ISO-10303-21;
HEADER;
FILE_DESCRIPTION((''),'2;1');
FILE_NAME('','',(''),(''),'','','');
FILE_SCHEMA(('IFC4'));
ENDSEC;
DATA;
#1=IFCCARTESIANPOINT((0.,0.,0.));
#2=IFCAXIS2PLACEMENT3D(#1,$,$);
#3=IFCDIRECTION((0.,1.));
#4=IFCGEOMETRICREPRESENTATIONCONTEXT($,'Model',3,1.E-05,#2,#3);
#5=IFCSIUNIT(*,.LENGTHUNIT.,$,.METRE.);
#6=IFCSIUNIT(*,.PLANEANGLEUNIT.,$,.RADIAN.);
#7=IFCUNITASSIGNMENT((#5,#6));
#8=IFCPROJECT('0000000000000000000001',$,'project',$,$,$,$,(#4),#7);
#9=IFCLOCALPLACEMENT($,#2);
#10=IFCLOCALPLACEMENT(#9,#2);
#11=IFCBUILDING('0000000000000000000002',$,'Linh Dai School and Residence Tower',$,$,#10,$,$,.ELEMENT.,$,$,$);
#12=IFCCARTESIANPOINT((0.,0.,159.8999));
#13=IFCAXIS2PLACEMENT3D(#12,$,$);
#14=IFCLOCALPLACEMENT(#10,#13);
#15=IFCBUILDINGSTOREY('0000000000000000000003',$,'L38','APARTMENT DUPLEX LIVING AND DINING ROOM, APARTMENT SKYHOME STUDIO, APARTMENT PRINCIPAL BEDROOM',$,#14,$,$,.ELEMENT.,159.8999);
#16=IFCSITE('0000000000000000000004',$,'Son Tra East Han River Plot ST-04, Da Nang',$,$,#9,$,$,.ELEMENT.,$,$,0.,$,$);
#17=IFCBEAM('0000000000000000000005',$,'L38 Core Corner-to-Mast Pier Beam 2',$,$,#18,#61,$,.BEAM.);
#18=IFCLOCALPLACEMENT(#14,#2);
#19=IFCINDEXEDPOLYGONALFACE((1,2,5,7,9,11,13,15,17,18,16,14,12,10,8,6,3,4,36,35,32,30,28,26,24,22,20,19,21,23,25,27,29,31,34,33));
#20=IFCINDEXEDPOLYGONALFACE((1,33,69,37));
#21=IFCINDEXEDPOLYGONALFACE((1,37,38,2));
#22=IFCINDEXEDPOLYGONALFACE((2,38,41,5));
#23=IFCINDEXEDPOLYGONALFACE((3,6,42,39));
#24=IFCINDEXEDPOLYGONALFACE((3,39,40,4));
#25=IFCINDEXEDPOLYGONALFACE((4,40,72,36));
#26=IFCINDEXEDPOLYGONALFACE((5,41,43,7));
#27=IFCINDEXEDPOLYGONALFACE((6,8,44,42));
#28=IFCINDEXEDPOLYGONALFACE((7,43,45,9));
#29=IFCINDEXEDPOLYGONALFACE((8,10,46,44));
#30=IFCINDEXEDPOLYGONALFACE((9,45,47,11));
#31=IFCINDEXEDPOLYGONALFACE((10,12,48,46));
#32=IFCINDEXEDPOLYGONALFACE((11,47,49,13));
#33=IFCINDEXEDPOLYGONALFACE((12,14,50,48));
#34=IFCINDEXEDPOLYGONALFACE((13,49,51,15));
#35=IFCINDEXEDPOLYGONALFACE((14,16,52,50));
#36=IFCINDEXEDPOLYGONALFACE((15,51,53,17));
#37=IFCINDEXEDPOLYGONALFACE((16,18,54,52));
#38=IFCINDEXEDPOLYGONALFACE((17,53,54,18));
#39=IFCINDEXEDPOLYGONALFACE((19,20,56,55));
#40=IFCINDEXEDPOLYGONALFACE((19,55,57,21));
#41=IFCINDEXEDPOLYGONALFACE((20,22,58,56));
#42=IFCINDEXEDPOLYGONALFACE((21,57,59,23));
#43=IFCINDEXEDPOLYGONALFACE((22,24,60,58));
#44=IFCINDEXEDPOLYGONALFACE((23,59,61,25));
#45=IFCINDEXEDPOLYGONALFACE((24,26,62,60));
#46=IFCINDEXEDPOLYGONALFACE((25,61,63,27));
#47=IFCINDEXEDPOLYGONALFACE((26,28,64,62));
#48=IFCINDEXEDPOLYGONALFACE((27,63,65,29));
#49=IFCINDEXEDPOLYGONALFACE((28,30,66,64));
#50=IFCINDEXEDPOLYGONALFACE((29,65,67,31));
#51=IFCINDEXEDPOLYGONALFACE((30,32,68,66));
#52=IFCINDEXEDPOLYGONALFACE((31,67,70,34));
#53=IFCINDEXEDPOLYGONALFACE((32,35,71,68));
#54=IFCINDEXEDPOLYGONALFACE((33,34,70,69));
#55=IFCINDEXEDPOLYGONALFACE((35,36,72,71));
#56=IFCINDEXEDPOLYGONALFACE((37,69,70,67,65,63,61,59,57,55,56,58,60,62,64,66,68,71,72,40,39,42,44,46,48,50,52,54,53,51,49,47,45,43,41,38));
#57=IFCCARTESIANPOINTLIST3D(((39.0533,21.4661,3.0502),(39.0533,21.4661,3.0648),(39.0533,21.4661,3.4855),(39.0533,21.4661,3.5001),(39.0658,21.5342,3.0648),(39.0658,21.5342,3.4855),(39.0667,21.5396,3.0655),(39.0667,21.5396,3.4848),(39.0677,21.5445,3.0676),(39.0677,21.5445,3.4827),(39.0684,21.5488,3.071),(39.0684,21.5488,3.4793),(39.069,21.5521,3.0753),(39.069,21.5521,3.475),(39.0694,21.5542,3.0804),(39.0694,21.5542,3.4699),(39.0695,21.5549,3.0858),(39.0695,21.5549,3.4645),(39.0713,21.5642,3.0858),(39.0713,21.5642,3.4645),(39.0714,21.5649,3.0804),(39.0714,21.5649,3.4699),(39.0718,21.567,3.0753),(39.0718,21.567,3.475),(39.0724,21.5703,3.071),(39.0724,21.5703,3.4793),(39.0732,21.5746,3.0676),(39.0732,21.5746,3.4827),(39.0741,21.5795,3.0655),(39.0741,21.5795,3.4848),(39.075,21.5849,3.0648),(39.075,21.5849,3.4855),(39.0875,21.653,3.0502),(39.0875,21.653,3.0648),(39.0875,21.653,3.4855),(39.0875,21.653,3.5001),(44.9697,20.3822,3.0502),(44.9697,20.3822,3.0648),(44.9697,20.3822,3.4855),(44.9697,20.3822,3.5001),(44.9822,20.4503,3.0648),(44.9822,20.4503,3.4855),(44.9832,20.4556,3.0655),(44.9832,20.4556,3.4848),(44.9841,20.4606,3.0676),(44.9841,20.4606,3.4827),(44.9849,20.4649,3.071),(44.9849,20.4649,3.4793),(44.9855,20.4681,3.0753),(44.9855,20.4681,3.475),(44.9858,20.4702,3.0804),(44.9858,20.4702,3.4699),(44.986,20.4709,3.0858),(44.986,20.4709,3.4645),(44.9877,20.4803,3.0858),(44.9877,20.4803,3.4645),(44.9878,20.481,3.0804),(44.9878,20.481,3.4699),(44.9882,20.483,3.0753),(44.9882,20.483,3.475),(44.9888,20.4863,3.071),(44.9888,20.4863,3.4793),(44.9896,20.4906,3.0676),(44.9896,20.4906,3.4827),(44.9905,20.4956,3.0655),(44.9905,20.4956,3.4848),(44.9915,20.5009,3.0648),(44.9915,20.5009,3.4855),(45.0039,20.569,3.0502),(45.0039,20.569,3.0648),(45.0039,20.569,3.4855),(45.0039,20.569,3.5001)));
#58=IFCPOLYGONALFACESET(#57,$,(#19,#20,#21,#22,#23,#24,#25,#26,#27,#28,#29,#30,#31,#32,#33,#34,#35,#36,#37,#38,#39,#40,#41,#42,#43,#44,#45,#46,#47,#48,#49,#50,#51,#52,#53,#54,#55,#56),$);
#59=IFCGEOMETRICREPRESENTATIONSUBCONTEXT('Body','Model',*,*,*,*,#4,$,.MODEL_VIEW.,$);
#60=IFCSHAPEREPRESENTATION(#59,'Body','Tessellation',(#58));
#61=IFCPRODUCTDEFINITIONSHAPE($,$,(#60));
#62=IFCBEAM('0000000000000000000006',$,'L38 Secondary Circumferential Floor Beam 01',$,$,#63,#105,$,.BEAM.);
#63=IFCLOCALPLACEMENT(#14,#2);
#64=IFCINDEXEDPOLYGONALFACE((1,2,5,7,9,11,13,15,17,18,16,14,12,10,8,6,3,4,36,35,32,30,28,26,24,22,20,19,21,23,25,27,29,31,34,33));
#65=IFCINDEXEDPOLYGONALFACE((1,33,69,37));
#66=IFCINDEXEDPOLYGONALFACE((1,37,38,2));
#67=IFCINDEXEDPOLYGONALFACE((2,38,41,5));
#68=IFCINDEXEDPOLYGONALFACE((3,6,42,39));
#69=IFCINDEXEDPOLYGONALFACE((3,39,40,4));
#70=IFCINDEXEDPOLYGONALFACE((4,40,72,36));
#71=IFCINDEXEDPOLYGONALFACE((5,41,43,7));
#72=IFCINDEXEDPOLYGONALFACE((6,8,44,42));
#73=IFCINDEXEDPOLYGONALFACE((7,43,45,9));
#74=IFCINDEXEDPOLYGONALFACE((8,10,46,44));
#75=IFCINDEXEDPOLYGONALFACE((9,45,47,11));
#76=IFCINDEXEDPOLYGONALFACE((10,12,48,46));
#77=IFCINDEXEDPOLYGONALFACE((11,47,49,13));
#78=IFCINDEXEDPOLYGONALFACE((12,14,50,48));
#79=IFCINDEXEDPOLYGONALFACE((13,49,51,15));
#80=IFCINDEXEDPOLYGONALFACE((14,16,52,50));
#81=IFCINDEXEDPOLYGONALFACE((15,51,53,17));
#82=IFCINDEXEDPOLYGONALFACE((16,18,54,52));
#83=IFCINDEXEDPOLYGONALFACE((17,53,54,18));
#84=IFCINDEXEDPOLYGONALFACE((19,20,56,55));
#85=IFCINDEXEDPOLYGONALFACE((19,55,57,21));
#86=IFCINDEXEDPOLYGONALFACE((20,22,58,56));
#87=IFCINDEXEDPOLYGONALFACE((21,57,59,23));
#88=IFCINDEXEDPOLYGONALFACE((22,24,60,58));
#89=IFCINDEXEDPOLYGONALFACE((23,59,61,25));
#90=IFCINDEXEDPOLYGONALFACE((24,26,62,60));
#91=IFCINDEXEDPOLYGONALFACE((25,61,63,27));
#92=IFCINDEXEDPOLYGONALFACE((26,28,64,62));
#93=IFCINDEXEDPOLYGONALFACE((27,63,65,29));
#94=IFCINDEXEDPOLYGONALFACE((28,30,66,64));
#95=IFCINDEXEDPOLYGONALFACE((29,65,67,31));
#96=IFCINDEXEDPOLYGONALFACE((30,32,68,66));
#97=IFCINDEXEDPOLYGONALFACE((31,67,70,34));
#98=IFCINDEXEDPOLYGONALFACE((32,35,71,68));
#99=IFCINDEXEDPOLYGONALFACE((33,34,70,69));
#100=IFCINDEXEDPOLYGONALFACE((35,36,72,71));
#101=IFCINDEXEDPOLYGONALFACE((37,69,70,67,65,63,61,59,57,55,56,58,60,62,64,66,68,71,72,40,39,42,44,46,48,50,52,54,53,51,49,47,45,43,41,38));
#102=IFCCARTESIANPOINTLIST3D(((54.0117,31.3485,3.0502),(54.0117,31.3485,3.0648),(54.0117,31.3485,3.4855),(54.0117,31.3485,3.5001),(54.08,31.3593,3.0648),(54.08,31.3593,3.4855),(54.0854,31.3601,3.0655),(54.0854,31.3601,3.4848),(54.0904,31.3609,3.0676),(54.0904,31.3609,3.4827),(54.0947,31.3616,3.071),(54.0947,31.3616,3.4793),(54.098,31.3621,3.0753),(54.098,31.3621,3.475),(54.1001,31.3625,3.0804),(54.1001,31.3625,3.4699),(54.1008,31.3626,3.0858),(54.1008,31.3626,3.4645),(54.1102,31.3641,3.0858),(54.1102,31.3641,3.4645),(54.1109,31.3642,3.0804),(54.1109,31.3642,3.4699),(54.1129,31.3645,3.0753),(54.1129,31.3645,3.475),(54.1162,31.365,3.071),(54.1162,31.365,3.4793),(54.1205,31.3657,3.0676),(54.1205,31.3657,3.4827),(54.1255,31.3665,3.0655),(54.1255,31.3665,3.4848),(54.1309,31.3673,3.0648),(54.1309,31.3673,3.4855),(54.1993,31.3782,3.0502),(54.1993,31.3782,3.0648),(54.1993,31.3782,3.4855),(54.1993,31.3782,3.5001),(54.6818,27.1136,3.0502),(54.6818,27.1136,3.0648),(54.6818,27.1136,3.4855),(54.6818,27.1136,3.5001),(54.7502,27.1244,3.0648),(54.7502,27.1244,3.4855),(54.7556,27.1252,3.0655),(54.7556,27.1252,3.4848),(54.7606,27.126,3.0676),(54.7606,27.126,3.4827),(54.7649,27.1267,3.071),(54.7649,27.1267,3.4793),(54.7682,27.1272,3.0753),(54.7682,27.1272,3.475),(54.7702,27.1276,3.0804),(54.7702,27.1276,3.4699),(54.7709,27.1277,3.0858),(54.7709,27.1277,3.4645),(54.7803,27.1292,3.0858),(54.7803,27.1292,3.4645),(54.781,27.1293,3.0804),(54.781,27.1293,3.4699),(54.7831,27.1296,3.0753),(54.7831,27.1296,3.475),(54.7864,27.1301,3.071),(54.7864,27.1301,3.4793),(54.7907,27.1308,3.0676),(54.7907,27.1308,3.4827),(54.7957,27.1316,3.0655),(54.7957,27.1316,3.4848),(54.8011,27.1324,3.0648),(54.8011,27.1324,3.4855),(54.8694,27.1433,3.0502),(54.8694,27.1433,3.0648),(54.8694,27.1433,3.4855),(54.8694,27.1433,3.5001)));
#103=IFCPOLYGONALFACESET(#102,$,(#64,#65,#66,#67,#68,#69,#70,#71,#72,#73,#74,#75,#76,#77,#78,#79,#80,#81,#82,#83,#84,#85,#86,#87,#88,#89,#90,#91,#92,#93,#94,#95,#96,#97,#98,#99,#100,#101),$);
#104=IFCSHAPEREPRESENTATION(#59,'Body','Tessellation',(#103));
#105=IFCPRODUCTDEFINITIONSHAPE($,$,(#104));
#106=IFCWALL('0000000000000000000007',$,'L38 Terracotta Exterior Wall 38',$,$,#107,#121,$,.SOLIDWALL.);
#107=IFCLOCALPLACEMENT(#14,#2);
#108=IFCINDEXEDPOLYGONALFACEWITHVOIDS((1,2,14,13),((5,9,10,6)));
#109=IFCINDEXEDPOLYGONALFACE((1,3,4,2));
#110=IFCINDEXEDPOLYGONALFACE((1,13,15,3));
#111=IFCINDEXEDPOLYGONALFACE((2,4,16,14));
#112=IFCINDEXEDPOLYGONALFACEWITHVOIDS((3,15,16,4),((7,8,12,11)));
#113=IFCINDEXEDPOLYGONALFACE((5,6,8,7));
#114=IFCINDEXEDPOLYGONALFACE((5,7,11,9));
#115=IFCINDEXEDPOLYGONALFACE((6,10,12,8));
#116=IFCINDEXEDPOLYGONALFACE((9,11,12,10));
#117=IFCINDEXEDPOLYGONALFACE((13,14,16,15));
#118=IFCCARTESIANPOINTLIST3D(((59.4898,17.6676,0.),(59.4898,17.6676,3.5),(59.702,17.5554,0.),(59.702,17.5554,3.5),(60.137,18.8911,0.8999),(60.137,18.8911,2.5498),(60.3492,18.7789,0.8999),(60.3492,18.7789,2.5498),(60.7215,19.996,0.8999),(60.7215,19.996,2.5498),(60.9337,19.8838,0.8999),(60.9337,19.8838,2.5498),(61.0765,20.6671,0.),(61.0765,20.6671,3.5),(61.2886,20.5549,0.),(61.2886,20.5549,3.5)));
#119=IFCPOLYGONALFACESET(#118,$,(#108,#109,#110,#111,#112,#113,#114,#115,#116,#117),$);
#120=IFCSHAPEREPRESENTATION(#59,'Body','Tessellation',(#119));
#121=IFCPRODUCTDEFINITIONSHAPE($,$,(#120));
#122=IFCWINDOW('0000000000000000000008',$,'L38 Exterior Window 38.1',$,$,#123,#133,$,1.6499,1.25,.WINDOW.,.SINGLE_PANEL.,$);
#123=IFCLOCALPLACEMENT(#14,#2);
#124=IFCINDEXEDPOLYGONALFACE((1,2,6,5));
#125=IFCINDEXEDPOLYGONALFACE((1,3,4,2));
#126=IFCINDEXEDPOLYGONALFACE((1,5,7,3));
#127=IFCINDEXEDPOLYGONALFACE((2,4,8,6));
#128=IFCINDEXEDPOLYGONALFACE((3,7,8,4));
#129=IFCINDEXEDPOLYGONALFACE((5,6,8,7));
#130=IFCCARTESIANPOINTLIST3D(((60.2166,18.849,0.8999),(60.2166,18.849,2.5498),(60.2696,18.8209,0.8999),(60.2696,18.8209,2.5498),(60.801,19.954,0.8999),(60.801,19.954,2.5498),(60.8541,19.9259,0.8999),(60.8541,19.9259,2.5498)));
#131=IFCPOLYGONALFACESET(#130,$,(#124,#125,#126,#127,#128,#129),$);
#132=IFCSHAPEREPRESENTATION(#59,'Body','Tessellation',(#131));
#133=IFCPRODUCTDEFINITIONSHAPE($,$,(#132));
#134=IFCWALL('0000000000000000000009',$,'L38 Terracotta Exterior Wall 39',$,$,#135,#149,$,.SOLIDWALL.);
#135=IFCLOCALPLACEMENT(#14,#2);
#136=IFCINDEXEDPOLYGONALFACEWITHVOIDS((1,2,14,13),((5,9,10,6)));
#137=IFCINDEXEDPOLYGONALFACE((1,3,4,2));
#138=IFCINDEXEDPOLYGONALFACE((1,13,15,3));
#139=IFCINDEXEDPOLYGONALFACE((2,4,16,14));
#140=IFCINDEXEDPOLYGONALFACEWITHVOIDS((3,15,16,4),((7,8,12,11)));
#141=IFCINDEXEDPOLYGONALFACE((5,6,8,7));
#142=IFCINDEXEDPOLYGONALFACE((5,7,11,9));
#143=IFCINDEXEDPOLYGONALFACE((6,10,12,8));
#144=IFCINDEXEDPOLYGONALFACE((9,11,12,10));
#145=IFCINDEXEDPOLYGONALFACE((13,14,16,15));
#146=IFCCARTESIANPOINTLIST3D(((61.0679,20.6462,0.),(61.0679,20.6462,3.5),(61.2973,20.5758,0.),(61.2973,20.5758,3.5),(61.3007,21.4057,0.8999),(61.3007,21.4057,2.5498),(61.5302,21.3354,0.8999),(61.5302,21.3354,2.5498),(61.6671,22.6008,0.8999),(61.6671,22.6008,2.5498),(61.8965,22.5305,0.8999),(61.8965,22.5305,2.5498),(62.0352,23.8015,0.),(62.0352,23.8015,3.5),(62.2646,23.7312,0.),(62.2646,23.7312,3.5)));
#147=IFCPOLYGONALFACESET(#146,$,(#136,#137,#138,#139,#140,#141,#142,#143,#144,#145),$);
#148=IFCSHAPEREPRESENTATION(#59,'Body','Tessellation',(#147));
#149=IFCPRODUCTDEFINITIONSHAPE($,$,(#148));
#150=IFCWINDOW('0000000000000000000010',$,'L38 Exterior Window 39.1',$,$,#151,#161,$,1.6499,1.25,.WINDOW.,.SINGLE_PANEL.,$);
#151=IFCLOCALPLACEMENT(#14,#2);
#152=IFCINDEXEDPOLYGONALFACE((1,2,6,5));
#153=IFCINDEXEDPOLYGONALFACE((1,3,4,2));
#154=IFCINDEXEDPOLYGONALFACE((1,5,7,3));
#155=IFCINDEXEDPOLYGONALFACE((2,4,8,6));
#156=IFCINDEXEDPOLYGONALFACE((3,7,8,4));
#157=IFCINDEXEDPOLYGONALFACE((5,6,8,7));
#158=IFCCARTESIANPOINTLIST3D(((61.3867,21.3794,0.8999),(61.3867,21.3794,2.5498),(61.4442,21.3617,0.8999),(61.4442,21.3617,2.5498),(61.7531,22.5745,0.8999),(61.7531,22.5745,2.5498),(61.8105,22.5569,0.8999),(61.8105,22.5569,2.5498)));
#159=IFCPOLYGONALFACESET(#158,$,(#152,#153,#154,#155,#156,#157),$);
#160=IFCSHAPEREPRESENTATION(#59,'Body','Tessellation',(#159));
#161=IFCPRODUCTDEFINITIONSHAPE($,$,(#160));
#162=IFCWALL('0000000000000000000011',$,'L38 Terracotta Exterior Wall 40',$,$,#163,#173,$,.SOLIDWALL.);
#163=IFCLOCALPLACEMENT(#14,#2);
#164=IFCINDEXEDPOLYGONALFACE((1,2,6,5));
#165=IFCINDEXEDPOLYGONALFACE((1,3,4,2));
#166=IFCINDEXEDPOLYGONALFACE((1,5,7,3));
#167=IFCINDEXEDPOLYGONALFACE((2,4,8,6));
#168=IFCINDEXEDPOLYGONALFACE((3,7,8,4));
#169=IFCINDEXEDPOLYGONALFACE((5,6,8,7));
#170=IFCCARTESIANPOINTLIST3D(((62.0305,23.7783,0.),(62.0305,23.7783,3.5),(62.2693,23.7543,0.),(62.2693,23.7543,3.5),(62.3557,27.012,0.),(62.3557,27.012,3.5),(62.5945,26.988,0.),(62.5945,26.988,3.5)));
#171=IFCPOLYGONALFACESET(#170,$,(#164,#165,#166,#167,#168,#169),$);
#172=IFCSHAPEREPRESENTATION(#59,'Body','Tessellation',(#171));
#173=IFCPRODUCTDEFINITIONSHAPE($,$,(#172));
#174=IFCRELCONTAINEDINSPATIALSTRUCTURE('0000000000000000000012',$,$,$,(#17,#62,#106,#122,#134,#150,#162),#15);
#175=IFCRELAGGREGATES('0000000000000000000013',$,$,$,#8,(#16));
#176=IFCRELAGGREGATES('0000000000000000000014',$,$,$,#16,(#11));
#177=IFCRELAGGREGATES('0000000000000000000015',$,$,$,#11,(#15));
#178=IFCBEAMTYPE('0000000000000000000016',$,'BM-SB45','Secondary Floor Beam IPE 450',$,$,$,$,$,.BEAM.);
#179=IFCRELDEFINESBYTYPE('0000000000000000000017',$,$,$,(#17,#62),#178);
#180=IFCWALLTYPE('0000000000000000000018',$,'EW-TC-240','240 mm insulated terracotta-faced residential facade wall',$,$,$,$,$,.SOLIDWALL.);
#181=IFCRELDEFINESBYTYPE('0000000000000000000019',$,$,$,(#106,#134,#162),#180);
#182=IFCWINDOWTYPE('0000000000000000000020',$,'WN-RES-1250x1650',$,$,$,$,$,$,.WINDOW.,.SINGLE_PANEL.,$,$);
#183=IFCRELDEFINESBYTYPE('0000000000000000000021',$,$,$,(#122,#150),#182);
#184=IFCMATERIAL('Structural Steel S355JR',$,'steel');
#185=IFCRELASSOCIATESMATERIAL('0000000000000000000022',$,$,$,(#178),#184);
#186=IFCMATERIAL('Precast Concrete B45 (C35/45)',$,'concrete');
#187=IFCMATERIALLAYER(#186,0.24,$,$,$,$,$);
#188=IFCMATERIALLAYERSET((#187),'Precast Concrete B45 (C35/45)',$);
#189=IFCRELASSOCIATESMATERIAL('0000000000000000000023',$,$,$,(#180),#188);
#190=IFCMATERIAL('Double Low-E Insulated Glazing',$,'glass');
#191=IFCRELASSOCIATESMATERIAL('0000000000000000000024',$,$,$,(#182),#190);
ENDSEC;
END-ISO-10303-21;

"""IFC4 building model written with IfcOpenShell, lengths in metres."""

from ifc_helpers import new_model, si_unit, direction, frame, frame_2d, origin, origin_2d, place, context, subcontext, project, spatial, rectangle, i_section, extrude, source, transform, mapped, material, layer, layer_set, material_profile, profile_set, type_object, element, fill, save


model = new_model("IFC4")

# Units and contexts
model_context = context("Model", 3, precision=1e-05, world=origin(), true_north=direction((0.0, 1.0)))
body_context = subcontext(model_context, "Body", "Model", "MODEL_VIEW")
ifc_project = project(units=[si_unit("LENGTHUNIT", "METRE"), si_unit("PLANEANGLEUNIT", "RADIAN")], contexts=[model_context])

# Site, building, storey
site_placement = place(None, origin())
site = spatial("IfcSite", under=ifc_project, at=site_placement, Name="Son Tra East Han River Plot ST-04, Da Nang", CompositionType="ELEMENT", RefElevation=0.0)
building_placement = place(site_placement, origin())
building = spatial("IfcBuilding", under=site, at=building_placement, Name="Linh Dai School and Residence Tower", CompositionType="ELEMENT")
storey_placement = place(building_placement, frame((0.0, 0.0, 159.8999)))
storey = spatial("IfcBuildingStorey", under=building, at=storey_placement, Name="L38", Description="APARTMENT DUPLEX LIVING AND DINING ROOM, APARTMENT SKYHOME STUDIO, APARTMENT PRINCIPAL BEDROOM", CompositionType="ELEMENT", Elevation=159.8999)

# Shared definitions
ifc_material_1 = material(Name="Structural Steel S355JR", Category="steel")

# Beams
ifc_material_profile_1 = material_profile(ifc_material_1, i_section(OverallWidth=0.1899, OverallDepth=0.45, WebThickness=0.0095, FlangeThickness=0.0146, FilletRadius=0.021, at=origin_2d()), Name="IPE 450")
ifc_profile_set_1 = profile_set([ifc_material_profile_1], Name="Structural Steel S355JR")
beam_type_1 = type_object("IfcBeamType", Name="BM-SB45", Description="Secondary Floor Beam IPE 450", PredefinedType="BEAM", material=ifc_profile_set_1)
beam_1_placement = place(storey_placement, frame((44.9868, 20.4756, 3.2751), z_axis=(-0.983627, 0.180214, 0.0), x_axis=(-0.180214, -0.983627, 0.0)))
element("IfcBeam", 1, at=beam_1_placement, inside=storey, type_object=beam_type_1, Name="L38 Core Corner-to-Mast Pier Beam 2", PredefinedType="BEAM", context=body_context, shape_type="SweptSolid", body=[
    extrude(i_section(OverallWidth=0.1899, OverallDepth=0.45, WebThickness=0.0095, FlangeThickness=0.0146, FilletRadius=0.021, at=origin_2d()), origin(), (0.0, 0.0, 1.0), 6.0149),
])
beam_2_placement = place(storey_placement, frame((54.7756, 27.1284, 3.2751), z_axis=(-0.156305, 0.987709, 0.0), x_axis=(-0.987709, -0.156305, 0.0)))
element("IfcBeam", 2, at=beam_2_placement, inside=storey, type_object=beam_type_1, Name="L38 Secondary Circumferential Floor Beam 01", PredefinedType="BEAM", context=body_context, shape_type="SweptSolid", body=[
    extrude(i_section(OverallWidth=0.1899, OverallDepth=0.45, WebThickness=0.0095, FlangeThickness=0.0146, FilletRadius=0.021, at=origin_2d()), origin(), (0.0, 0.0, 1.0), 4.2876),
])

# Walls, openings, windows
ifc_material_2 = material(Name="Precast Concrete B45 (C35/45)", Category="concrete")
ifc_layer_1 = layer(ifc_material_2, 0.24)
ifc_layer_set_1 = layer_set([ifc_layer_1], Name="Precast Concrete B45 (C35/45)")
wall_type_1 = type_object("IfcWallType", Name="EW-TC-240", Description="240 mm insulated terracotta-faced residential facade wall", PredefinedType="SOLIDWALL", material=ifc_layer_set_1)
wall_1_placement = place(storey_placement, frame((61.1826, 20.6111, 0.0), z_axis=(0.0, 0.0, 1.0), x_axis=(-0.467587, -0.883947, 0.0)))
wall_1 = element("IfcWall", 3, at=wall_1_placement, inside=storey, type_object=wall_type_1, Name="L38 Terracotta Exterior Wall 38", PredefinedType="SOLIDWALL", context=body_context, shape_type="SweptSolid", body=[
    extrude(rectangle(XDim=3.3933, YDim=0.24, at=frame_2d((1.6968, 0.0))), origin(), (0.0, 0.0, 1.0), 3.5),
])
opening_1_placement = place(wall_1_placement, frame((0.7593, 0.0, 0.8999)))
opening_1 = element("IfcOpeningElement", 4, at=opening_1_placement, cuts=wall_1, PredefinedType="OPENING", context=body_context, shape_type="SweptSolid", body=[
    extrude(rectangle(XDim=1.25, YDim=1.6499, at=origin_2d()), frame((0.625, 0.1299, 0.825), z_axis=(0.0, -1.0, 0.0), x_axis=(1.0, 0.0, 0.0)), (0.0, 0.0, 1.0), 0.26),
])
ifc_material_3 = material(Name="Double Low-E Insulated Glazing", Category="glass")
window_type = type_object("IfcWindowType", Name="WN-RES-1250x1650", PartitioningType="SINGLE_PANEL", PredefinedType="WINDOW", material=ifc_material_3)
shared_shape_1 = source(origin(), body_context, "Body", "SweptSolid", [
    extrude(rectangle(XDim=1.25, YDim=1.6499, at=origin_2d()), frame((0.625, 0.03, 0.825), z_axis=(0.0, -1.0, 0.0), x_axis=(1.0, 0.0, 0.0)), (0.0, 0.0, 1.0), 0.0601),
])
window_1_placement = place(opening_1_placement, origin())
window_1 = element("IfcWindow", 5, at=window_1_placement, inside=storey, type_object=window_type, Name="L38 Exterior Window 38.1", OverallHeight=1.6499, OverallWidth=1.25, PartitioningType="SINGLE_PANEL", PredefinedType="WINDOW", context=body_context, shape_type="MappedRepresentation", body=[
    mapped(shared_shape_1, transform((0.0, 0.0, 0.0), x_axis=(1.0, 0.0, 0.0), y_axis=(0.0, 1.0, 0.0), z_axis=(0.0, 0.0, 1.0), scale=1.0)),
])
fill(opening_1, window_1)
wall_2_placement = place(storey_placement, frame((62.1499, 23.7664, 0.0), z_axis=(0.0, 0.0, 1.0), x_axis=(-0.293098, -0.956082, 0.0)))
wall_2 = element("IfcWall", 6, at=wall_2_placement, inside=storey, type_object=wall_type_1, Name="L38 Terracotta Exterior Wall 39", PredefinedType="SOLIDWALL", context=body_context, shape_type="SweptSolid", body=[
    extrude(rectangle(XDim=3.3003, YDim=0.24, at=frame_2d((1.6501, 0.0))), origin(), (0.0, 0.0, 1.0), 3.5),
])
opening_2_placement = place(wall_2_placement, frame((1.2559, 0.0, 0.8999)))
opening_2 = element("IfcOpeningElement", 7, at=opening_2_placement, cuts=wall_2, PredefinedType="OPENING", context=body_context, shape_type="SweptSolid", body=[
    extrude(rectangle(XDim=1.25, YDim=1.6499, at=origin_2d()), frame((0.625, 0.1299, 0.825), z_axis=(0.0, -1.0, 0.0), x_axis=(1.0, 0.0, 0.0)), (0.0, 0.0, 1.0), 0.26),
])
window_2_placement = place(opening_2_placement, origin())
window_2 = element("IfcWindow", 8, at=window_2_placement, inside=storey, type_object=window_type, Name="L38 Exterior Window 39.1", OverallHeight=1.6499, OverallWidth=1.25, PartitioningType="SINGLE_PANEL", PredefinedType="WINDOW", context=body_context, shape_type="MappedRepresentation", body=[
    mapped(shared_shape_1, transform((0.0, 0.0, 0.0), x_axis=(1.0, 0.0, 0.0), y_axis=(0.0, 1.0, 0.0), z_axis=(0.0, 0.0, 1.0), scale=1.0)),
])
fill(opening_2, window_2)

# Wall
wall_3_placement = place(storey_placement, frame((62.4751, 27.0, 0.0), z_axis=(0.0, 0.0, 1.0), x_axis=(-0.100062, -0.994981, 0.0)))
element("IfcWall", 9, at=wall_3_placement, inside=storey, type_object=wall_type_1, Name="L38 Terracotta Exterior Wall 40", PredefinedType="SOLIDWALL", context=body_context, shape_type="SweptSolid", body=[
    extrude(rectangle(XDim=3.25, YDim=0.24, at=frame_2d((1.625, 0.0))), origin(), (0.0, 0.0, 1.0), 3.5),
])

save(model, "model.ifc")
